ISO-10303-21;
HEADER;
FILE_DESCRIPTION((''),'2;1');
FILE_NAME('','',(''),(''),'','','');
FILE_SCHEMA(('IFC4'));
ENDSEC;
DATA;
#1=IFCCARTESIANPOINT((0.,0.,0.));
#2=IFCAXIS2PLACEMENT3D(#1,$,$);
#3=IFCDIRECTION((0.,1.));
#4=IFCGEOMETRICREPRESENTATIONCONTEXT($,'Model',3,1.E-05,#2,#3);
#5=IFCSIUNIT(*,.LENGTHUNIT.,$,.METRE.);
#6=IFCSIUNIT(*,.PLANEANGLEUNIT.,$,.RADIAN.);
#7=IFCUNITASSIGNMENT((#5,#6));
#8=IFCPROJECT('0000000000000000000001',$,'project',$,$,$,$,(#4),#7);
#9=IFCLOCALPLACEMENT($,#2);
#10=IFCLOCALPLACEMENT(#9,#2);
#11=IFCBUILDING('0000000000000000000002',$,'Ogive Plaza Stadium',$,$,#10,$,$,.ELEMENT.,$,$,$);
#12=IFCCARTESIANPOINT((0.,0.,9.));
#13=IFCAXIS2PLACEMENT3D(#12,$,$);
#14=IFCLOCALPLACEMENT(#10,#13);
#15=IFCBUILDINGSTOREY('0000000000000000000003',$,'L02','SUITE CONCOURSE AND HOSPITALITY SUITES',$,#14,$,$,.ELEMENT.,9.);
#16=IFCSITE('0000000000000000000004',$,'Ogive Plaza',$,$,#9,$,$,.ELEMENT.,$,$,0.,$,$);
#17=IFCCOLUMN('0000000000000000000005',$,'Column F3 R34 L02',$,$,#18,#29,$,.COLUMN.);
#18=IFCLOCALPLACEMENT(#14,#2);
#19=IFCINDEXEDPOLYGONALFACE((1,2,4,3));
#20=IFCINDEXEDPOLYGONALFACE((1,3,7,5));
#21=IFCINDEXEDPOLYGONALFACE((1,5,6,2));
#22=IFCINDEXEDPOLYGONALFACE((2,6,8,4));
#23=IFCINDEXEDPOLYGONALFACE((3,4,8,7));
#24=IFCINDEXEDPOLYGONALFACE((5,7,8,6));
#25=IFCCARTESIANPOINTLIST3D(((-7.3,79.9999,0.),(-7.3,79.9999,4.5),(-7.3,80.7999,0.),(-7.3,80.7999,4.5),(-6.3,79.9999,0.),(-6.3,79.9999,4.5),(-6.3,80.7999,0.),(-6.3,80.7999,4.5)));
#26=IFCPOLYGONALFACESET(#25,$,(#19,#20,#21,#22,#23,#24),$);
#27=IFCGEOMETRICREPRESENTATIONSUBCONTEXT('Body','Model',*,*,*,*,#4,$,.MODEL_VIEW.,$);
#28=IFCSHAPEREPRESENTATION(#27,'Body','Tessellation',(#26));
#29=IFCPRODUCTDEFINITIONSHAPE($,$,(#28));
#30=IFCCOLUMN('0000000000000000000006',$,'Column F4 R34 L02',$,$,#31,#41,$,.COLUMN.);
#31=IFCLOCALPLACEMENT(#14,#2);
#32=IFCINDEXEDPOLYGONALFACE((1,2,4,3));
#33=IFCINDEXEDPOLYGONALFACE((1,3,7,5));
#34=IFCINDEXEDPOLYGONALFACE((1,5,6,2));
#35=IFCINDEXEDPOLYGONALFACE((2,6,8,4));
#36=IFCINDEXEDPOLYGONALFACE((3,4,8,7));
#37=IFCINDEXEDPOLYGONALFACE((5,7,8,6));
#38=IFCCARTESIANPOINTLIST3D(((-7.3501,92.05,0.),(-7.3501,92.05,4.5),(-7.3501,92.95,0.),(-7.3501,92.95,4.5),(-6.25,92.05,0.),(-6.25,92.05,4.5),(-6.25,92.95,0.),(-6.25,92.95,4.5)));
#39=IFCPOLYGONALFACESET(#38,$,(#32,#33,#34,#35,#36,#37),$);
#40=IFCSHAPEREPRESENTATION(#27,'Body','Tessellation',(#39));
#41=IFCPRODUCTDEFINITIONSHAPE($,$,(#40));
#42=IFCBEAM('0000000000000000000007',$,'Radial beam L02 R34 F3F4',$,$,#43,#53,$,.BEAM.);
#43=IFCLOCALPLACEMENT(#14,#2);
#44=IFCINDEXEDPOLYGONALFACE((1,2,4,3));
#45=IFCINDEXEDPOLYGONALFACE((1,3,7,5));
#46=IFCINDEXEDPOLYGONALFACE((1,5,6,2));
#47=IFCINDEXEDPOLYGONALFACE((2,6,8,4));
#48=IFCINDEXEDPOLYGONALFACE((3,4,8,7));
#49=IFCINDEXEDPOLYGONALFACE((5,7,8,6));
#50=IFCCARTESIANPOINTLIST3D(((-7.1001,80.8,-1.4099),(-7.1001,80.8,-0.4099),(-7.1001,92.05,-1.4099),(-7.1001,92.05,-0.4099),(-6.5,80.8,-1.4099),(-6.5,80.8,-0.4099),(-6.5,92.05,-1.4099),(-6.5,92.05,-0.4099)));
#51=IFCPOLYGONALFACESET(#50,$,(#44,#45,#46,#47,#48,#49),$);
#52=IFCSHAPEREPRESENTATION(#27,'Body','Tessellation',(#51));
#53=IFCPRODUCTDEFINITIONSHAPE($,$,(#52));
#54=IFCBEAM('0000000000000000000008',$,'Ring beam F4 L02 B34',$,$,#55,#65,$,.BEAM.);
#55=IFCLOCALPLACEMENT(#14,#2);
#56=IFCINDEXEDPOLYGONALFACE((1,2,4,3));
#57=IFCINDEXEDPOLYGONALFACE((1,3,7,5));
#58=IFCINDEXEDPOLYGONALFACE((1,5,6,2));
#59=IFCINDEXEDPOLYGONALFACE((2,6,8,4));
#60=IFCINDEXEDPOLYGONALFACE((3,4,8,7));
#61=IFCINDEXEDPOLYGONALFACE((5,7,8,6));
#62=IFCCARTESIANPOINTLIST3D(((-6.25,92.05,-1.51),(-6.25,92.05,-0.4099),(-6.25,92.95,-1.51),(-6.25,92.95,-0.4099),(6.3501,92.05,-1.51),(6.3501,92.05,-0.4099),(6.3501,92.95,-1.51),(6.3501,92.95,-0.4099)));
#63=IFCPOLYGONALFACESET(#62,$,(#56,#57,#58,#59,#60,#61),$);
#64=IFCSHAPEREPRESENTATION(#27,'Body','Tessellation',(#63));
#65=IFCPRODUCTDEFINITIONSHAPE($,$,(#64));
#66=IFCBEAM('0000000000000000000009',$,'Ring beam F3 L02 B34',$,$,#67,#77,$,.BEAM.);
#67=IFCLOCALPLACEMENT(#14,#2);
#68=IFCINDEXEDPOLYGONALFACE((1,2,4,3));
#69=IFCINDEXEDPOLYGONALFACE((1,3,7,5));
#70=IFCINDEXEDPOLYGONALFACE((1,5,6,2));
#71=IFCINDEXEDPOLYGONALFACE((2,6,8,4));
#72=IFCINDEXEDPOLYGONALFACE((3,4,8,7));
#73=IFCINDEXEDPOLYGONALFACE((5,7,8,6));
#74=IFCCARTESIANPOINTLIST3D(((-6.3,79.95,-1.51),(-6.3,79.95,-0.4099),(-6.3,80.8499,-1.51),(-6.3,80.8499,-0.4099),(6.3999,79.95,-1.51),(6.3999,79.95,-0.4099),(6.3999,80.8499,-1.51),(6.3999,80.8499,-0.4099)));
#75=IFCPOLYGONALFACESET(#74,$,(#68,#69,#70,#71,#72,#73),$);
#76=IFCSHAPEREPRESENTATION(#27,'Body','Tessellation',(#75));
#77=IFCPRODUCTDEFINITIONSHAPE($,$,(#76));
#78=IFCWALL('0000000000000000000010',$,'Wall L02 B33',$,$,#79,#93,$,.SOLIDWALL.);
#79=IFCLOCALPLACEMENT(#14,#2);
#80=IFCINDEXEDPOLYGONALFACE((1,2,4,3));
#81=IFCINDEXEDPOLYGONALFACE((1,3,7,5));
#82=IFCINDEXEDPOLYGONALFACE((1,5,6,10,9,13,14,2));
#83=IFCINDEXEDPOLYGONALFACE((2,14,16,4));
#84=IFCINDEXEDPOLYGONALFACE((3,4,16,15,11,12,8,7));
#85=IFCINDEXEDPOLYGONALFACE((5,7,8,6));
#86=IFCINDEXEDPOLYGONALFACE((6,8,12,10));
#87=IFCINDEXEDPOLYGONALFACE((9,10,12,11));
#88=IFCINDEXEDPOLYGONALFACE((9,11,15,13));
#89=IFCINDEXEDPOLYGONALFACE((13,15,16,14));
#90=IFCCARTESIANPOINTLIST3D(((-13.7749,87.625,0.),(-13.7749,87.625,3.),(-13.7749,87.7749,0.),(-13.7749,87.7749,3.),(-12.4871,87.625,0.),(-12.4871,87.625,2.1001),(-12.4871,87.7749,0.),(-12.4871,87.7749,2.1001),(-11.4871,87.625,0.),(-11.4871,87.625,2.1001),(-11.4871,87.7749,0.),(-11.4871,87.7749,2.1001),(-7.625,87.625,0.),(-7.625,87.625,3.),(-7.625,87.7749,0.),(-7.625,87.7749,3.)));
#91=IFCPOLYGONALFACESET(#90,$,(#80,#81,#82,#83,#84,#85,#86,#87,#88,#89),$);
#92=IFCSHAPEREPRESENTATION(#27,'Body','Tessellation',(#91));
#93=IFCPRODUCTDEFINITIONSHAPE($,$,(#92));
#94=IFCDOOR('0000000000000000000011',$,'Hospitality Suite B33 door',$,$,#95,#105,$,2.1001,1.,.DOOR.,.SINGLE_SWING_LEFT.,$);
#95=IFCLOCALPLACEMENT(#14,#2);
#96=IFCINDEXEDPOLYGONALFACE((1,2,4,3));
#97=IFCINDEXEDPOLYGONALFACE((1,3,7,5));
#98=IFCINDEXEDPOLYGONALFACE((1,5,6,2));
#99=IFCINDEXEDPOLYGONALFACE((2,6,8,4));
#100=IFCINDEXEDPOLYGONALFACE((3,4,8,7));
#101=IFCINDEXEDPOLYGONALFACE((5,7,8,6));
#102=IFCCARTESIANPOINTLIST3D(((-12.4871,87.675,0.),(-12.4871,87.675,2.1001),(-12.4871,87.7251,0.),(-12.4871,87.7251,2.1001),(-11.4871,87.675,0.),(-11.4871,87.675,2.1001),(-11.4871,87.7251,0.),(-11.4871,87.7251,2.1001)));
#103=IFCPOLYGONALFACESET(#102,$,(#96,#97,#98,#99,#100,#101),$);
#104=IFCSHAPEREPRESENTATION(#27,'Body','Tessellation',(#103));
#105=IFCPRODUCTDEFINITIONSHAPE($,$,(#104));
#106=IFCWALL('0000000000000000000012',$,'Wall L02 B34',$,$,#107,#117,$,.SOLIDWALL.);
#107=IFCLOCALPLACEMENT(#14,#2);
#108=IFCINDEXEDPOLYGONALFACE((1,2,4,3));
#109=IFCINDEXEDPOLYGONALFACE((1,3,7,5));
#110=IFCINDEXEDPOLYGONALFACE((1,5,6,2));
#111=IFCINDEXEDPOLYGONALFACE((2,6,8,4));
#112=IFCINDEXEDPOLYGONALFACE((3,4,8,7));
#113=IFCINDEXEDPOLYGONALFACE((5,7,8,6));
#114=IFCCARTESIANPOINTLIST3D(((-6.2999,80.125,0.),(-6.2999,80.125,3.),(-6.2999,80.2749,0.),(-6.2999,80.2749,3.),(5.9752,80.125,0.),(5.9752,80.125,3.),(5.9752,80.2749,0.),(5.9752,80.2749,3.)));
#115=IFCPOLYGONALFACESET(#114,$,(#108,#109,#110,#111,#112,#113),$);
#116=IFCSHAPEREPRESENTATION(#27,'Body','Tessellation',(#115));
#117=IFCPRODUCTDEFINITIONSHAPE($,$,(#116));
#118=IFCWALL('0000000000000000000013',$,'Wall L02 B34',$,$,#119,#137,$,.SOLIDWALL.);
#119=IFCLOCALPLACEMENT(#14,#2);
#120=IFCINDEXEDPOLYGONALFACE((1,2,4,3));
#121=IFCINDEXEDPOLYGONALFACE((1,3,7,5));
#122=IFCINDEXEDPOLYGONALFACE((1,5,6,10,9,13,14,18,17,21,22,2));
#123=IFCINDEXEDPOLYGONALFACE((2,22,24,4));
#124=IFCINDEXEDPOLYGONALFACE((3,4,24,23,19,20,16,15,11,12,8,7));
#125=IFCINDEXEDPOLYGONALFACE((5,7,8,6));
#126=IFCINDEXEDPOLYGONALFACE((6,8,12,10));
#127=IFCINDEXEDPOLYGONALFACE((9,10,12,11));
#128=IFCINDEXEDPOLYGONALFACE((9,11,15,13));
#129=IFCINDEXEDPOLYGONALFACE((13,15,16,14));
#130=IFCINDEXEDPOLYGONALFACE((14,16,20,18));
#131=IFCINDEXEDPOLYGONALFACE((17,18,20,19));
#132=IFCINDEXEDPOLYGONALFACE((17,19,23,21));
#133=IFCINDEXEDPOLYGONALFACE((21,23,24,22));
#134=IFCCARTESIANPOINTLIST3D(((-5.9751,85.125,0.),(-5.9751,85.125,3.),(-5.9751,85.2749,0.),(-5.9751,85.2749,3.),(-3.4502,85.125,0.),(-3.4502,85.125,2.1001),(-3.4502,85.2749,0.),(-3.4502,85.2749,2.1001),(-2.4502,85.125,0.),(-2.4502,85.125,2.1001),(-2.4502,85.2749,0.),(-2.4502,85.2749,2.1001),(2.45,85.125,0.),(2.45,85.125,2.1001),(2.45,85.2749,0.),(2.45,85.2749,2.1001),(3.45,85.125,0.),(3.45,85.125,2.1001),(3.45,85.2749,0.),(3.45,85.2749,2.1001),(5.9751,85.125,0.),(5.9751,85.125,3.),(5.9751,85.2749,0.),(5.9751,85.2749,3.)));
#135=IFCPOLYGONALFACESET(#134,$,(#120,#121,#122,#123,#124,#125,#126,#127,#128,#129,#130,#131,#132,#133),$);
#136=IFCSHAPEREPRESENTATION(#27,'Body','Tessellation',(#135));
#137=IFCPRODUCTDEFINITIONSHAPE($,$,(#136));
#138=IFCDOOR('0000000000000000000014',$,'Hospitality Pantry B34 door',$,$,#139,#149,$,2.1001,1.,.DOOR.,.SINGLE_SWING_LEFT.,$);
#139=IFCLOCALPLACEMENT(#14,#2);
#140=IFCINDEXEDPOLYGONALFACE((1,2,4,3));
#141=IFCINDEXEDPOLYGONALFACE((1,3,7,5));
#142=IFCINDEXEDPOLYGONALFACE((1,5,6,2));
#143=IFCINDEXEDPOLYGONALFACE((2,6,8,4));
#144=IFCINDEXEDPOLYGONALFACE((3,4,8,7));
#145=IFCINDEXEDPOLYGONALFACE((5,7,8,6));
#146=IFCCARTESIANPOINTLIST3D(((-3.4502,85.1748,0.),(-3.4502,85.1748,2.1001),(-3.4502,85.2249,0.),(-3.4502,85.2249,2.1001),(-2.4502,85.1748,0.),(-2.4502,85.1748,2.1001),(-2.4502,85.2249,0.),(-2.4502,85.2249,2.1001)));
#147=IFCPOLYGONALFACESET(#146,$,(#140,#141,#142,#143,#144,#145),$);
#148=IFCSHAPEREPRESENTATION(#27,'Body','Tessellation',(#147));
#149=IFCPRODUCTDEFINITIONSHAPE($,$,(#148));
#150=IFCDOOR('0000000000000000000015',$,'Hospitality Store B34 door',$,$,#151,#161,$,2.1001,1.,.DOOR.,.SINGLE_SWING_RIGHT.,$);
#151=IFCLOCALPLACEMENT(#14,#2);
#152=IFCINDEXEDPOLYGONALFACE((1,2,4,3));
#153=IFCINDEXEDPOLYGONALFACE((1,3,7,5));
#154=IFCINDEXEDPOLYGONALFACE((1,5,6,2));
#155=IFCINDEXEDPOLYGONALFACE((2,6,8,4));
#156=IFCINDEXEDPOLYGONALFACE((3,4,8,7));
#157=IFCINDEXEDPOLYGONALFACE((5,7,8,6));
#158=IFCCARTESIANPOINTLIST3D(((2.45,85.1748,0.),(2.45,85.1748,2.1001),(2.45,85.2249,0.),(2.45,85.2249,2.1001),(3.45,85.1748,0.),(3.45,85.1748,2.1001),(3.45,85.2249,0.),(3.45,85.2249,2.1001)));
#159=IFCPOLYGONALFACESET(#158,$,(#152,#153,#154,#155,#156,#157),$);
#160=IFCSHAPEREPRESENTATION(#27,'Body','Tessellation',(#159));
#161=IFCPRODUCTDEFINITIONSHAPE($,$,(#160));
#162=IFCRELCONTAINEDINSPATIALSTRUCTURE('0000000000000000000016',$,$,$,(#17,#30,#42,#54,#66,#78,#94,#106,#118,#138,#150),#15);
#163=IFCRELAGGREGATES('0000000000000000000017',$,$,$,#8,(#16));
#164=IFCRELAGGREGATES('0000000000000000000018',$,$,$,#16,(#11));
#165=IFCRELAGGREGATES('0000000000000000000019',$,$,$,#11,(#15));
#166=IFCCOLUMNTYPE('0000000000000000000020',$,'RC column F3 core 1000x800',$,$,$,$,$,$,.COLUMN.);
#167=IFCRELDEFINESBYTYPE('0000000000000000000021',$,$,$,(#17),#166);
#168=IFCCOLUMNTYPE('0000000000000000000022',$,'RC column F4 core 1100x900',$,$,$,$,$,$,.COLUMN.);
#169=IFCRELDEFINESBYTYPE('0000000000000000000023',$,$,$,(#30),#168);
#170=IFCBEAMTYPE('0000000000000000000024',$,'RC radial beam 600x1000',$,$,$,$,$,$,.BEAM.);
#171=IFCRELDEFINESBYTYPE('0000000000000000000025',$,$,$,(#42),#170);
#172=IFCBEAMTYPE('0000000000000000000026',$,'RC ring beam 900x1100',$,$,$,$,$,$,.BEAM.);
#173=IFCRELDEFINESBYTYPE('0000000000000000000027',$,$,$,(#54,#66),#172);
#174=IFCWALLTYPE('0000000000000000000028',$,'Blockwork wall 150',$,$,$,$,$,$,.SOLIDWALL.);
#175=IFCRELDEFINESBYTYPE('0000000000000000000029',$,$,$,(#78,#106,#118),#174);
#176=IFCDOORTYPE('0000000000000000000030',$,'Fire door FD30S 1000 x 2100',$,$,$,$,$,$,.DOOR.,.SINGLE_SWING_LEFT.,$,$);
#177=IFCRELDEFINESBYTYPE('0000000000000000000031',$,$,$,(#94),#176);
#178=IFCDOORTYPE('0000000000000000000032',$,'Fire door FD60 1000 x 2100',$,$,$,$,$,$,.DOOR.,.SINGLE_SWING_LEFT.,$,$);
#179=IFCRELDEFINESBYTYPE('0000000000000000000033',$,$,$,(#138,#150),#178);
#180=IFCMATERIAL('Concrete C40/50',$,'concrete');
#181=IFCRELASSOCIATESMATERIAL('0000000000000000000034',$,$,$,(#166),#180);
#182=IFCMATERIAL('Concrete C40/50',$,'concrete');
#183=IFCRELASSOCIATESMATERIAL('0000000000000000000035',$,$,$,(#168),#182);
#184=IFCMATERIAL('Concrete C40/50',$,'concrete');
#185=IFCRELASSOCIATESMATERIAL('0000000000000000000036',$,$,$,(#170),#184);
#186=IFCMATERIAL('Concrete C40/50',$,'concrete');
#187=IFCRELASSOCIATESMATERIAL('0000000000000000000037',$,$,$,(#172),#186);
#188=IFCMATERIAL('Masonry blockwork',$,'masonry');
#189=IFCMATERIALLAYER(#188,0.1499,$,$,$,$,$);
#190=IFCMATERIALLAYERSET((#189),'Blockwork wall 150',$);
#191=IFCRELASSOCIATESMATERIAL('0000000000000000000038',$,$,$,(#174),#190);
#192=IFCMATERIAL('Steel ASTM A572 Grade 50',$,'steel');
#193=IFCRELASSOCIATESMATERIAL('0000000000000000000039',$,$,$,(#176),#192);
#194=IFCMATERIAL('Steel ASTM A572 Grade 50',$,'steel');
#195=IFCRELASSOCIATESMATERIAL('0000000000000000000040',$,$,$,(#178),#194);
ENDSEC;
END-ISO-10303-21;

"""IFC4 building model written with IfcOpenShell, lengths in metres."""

from ifc_helpers import new_model, si_unit, direction, frame, frame_2d, origin, origin_2d, place, context, subcontext, project, spatial, rectangle, extrude, material, layer, layer_set, material_profile, profile_set, type_object, element, fill, save


model = new_model("IFC4")

# Units and contexts
model_context = context("Model", 3, precision=1e-05, world=origin(), true_north=direction((0.0, 1.0)))
body_context = subcontext(model_context, "Body", "Model", "MODEL_VIEW")
ifc_project = project(units=[si_unit("LENGTHUNIT", "METRE"), si_unit("PLANEANGLEUNIT", "RADIAN")], contexts=[model_context])

# Site, building, storey
site_placement = place(None, origin())
site = spatial("IfcSite", under=ifc_project, at=site_placement, Name="Ogive Plaza", CompositionType="ELEMENT", RefElevation=0.0)
building_placement = place(site_placement, origin())
building = spatial("IfcBuilding", under=site, at=building_placement, Name="Ogive Plaza Stadium", CompositionType="ELEMENT")
storey_placement = place(building_placement, frame((0.0, 0.0, 9.0)))
storey = spatial("IfcBuildingStorey", under=building, at=storey_placement, Name="L02", Description="SUITE CONCOURSE AND HOSPITALITY SUITES", CompositionType="ELEMENT", Elevation=9.0)

# Columns
ifc_material_1 = material(Name="Concrete C40/50", Category="concrete")
ifc_material_profile_1 = material_profile(ifc_material_1, rectangle(XDim=1.0, YDim=0.8, at=origin_2d()), Name="RC 1000x800")
ifc_profile_set_1 = profile_set([ifc_material_profile_1], Name="Concrete C40/50")
column_type_1 = type_object("IfcColumnType", Name="RC column F3 core 1000x800", PredefinedType="COLUMN", material=ifc_profile_set_1)
column_1_placement = place(storey_placement, frame((-6.8, 80.3999, 0.0), z_axis=(0.0, 0.0, 1.0), x_axis=(-1.0, 0.0, 0.0)))
element("IfcColumn", 1, at=column_1_placement, inside=storey, type_object=column_type_1, Name="Column F3 R34 L02", PredefinedType="COLUMN", context=body_context, shape_type="SweptSolid", body=[
    extrude(rectangle(XDim=1.0, YDim=0.8, at=origin_2d()), origin(), (0.0, 0.0, 1.0), 4.5),
])
ifc_material_2 = material(Name="Concrete C40/50", Category="concrete")
ifc_material_profile_2 = material_profile(ifc_material_2, rectangle(XDim=1.1001, YDim=0.8999, at=origin_2d()), Name="RC 1100x900")
ifc_profile_set_2 = profile_set([ifc_material_profile_2], Name="Concrete C40/50")
column_type_2 = type_object("IfcColumnType", Name="RC column F4 core 1100x900", PredefinedType="COLUMN", material=ifc_profile_set_2)
column_2_placement = place(storey_placement, frame((-6.8, 92.5, 0.0), z_axis=(0.0, 0.0, 1.0), x_axis=(-1.0, 0.0, 0.0)))
element("IfcColumn", 2, at=column_2_placement, inside=storey, type_object=column_type_2, Name="Column F4 R34 L02", PredefinedType="COLUMN", context=body_context, shape_type="SweptSolid", body=[
    extrude(rectangle(XDim=1.1001, YDim=0.8999, at=origin_2d()), origin(), (0.0, 0.0, 1.0), 4.5),
])

# Beams
ifc_material_3 = material(Name="Concrete C40/50", Category="concrete")
ifc_material_profile_3 = material_profile(ifc_material_3, rectangle(XDim=0.6001, YDim=1.0, at=origin_2d()), Name="RC 600x1000")
ifc_profile_set_3 = profile_set([ifc_material_profile_3], Name="Concrete C40/50")
beam_type_1 = type_object("IfcBeamType", Name="RC radial beam 600x1000", PredefinedType="BEAM", material=ifc_profile_set_3)
beam_1_placement = place(storey_placement, frame((-6.8, 80.8, -0.9099), z_axis=(0.0, 1.0, 0.0), x_axis=(-1.0, 0.0, 0.0)))
element("IfcBeam", 3, at=beam_1_placement, inside=storey, type_object=beam_type_1, Name="Radial beam L02 R34 F3F4", PredefinedType="BEAM", context=body_context, shape_type="SweptSolid", body=[
    extrude(rectangle(XDim=0.6001, YDim=1.0, at=origin_2d()), origin(), (0.0, 0.0, 1.0), 11.25),
])
ifc_material_4 = material(Name="Concrete C40/50", Category="concrete")
ifc_material_profile_4 = material_profile(ifc_material_4, rectangle(XDim=0.8999, YDim=1.1001, at=origin_2d()), Name="RC 900x1100")
ifc_profile_set_4 = profile_set([ifc_material_profile_4], Name="Concrete C40/50")
beam_type_2 = type_object("IfcBeamType", Name="RC ring beam 900x1100", PredefinedType="BEAM", material=ifc_profile_set_4)
beam_2_placement = place(storey_placement, frame((-6.25, 92.5, -0.96), z_axis=(1.0, 0.0, 0.0), x_axis=(0.0, 1.0, 0.0)))
element("IfcBeam", 4, at=beam_2_placement, inside=storey, type_object=beam_type_2, Name="Ring beam F4 L02 B34", PredefinedType="BEAM", context=body_context, shape_type="SweptSolid", body=[
    extrude(rectangle(XDim=0.8999, YDim=1.1001, at=origin_2d()), origin(), (0.0, 0.0, 1.0), 12.6001),
])
beam_3_placement = place(storey_placement, frame((-6.3, 80.3999, -0.96), z_axis=(1.0, 0.0, 0.0), x_axis=(0.0, 1.0, 0.0)))
element("IfcBeam", 5, at=beam_3_placement, inside=storey, type_object=beam_type_2, Name="Ring beam F3 L02 B34", PredefinedType="BEAM", context=body_context, shape_type="SweptSolid", body=[
    extrude(rectangle(XDim=0.8999, YDim=1.1001, at=origin_2d()), origin(), (0.0, 0.0, 1.0), 12.7),
])

# Wall, opening, door
ifc_material_5 = material(Name="Masonry blockwork", Category="masonry")
ifc_layer_1 = layer(ifc_material_5, 0.1499)
ifc_layer_set_1 = layer_set([ifc_layer_1], Name="Blockwork wall 150")
wall_type_1 = type_object("IfcWallType", Name="Blockwork wall 150", PredefinedType="SOLIDWALL", material=ifc_layer_set_1)
wall_1_placement = place(storey_placement, frame((-7.625, 87.7, 0.0), z_axis=(0.0, 0.0, 1.0), x_axis=(-1.0, 0.0, 0.0)))
wall_1 = element("IfcWall", 6, at=wall_1_placement, inside=storey, type_object=wall_type_1, Name="Wall L02 B33", PredefinedType="SOLIDWALL", context=body_context, shape_type="SweptSolid", body=[
    extrude(rectangle(XDim=6.1499, YDim=0.1499, at=frame_2d((3.075, 0.0))), origin(), (0.0, 0.0, 1.0), 3.0),
])
opening_1_placement = place(wall_1_placement, frame((3.8621, 0.0, 0.0)))
opening_1 = element("IfcOpeningElement", 7, at=opening_1_placement, cuts=wall_1, PredefinedType="OPENING", context=body_context, shape_type="SweptSolid", body=[
    extrude(rectangle(XDim=1.0, YDim=2.1001, at=frame_2d((0.5, 1.05))), frame((0.0, 0.075, 0.0), z_axis=(0.0, -1.0, 0.0), x_axis=(1.0, 0.0, 0.0)), (0.0, 0.0, 1.0), 0.1499),
])
ifc_material_6 = material(Name="Steel ASTM A572 Grade 50", Category="steel")
door_type_1 = type_object("IfcDoorType", Name="Fire door FD30S 1000 x 2100", OperationType="SINGLE_SWING_LEFT", PredefinedType="DOOR", material=ifc_material_6)
door_1_placement = place(opening_1_placement, origin())
door_1 = element("IfcDoor", 8, at=door_1_placement, inside=storey, type_object=door_type_1, Name="Hospitality Suite B33 door", OperationType="SINGLE_SWING_LEFT", OverallHeight=2.1001, OverallWidth=1.0, PredefinedType="DOOR", context=body_context, shape_type="SweptSolid", body=[
    extrude(rectangle(XDim=1.0, YDim=2.1001, at=frame_2d((0.5, 1.05))), frame((0.0, 0.0249, 0.0), z_axis=(0.0, -1.0, 0.0), x_axis=(1.0, 0.0, 0.0)), (0.0, 0.0, 1.0), 0.05),
])
fill(opening_1, door_1)

# Wall
wall_2_placement = place(storey_placement, frame((-6.3, 80.2, 0.0), z_axis=(0.0, 0.0, 1.0), x_axis=(1.0, 0.0, 0.0)))
element("IfcWall", 9, at=wall_2_placement, inside=storey, type_object=wall_type_1, Name="Wall L02 B34", PredefinedType="SOLIDWALL", context=body_context, shape_type="SweptSolid", body=[
    extrude(rectangle(XDim=12.2751, YDim=0.1499, at=frame_2d((6.1377, 0.0))), origin(), (0.0, 0.0, 1.0), 3.0),
])

# Wall, openings, doors
wall_3_placement = place(storey_placement, frame((-5.9751, 85.2, 0.0), z_axis=(0.0, 0.0, 1.0), x_axis=(1.0, 0.0, 0.0)))
wall_3 = element("IfcWall", 10, at=wall_3_placement, inside=storey, type_object=wall_type_1, Name="Wall L02 B34", PredefinedType="SOLIDWALL", context=body_context, shape_type="SweptSolid", body=[
    extrude(rectangle(XDim=11.9502, YDim=0.1499, at=frame_2d((5.9751, 0.0))), origin(), (0.0, 0.0, 1.0), 3.0),
])
opening_2_placement = place(wall_3_placement, frame((2.5249, 0.0, 0.0)))
opening_2 = element("IfcOpeningElement", 11, at=opening_2_placement, cuts=wall_3, PredefinedType="OPENING", context=body_context, shape_type="SweptSolid", body=[
    extrude(rectangle(XDim=1.0, YDim=2.1001, at=frame_2d((0.5, 1.05))), frame((0.0, 0.075, 0.0), z_axis=(0.0, -1.0, 0.0), x_axis=(1.0, 0.0, 0.0)), (0.0, 0.0, 1.0), 0.1499),
])
opening_3_placement = place(wall_3_placement, frame((8.425, 0.0, 0.0)))
opening_3 = element("IfcOpeningElement", 12, at=opening_3_placement, cuts=wall_3, PredefinedType="OPENING", context=body_context, shape_type="SweptSolid", body=[
    extrude(rectangle(XDim=1.0, YDim=2.1001, at=frame_2d((0.5, 1.05))), frame((0.0, 0.075, 0.0), z_axis=(0.0, -1.0, 0.0), x_axis=(1.0, 0.0, 0.0)), (0.0, 0.0, 1.0), 0.1499),
])
ifc_material_7 = material(Name="Steel ASTM A572 Grade 50", Category="steel")
door_type_2 = type_object("IfcDoorType", Name="Fire door FD60 1000 x 2100", OperationType="SINGLE_SWING_LEFT", PredefinedType="DOOR", material=ifc_material_7)
door_2_placement = place(opening_2_placement, origin())
door_2 = element("IfcDoor", 13, at=door_2_placement, inside=storey, type_object=door_type_2, Name="Hospitality Pantry B34 door", OperationType="SINGLE_SWING_LEFT", OverallHeight=2.1001, OverallWidth=1.0, PredefinedType="DOOR", context=body_context, shape_type="SweptSolid", body=[
    extrude(rectangle(XDim=1.0, YDim=2.1001, at=frame_2d((0.5, 1.05))), frame((0.0, 0.0249, 0.0), z_axis=(0.0, -1.0, 0.0), x_axis=(1.0, 0.0, 0.0)), (0.0, 0.0, 1.0), 0.05),
])
fill(opening_2, door_2)
door_3_placement = place(opening_3_placement, origin())
door_3 = element("IfcDoor", 14, at=door_3_placement, inside=storey, type_object=door_type_2, Name="Hospitality Store B34 door", OperationType="SINGLE_SWING_RIGHT", OverallHeight=2.1001, OverallWidth=1.0, PredefinedType="DOOR", context=body_context, shape_type="SweptSolid", body=[
    extrude(rectangle(XDim=1.0, YDim=2.1001, at=frame_2d((0.5, 1.05))), frame((0.0, 0.0249, 0.0), z_axis=(0.0, -1.0, 0.0), x_axis=(1.0, 0.0, 0.0)), (0.0, 0.0, 1.0), 0.05),
])
fill(opening_3, door_3)

save(model, "model.ifc")
